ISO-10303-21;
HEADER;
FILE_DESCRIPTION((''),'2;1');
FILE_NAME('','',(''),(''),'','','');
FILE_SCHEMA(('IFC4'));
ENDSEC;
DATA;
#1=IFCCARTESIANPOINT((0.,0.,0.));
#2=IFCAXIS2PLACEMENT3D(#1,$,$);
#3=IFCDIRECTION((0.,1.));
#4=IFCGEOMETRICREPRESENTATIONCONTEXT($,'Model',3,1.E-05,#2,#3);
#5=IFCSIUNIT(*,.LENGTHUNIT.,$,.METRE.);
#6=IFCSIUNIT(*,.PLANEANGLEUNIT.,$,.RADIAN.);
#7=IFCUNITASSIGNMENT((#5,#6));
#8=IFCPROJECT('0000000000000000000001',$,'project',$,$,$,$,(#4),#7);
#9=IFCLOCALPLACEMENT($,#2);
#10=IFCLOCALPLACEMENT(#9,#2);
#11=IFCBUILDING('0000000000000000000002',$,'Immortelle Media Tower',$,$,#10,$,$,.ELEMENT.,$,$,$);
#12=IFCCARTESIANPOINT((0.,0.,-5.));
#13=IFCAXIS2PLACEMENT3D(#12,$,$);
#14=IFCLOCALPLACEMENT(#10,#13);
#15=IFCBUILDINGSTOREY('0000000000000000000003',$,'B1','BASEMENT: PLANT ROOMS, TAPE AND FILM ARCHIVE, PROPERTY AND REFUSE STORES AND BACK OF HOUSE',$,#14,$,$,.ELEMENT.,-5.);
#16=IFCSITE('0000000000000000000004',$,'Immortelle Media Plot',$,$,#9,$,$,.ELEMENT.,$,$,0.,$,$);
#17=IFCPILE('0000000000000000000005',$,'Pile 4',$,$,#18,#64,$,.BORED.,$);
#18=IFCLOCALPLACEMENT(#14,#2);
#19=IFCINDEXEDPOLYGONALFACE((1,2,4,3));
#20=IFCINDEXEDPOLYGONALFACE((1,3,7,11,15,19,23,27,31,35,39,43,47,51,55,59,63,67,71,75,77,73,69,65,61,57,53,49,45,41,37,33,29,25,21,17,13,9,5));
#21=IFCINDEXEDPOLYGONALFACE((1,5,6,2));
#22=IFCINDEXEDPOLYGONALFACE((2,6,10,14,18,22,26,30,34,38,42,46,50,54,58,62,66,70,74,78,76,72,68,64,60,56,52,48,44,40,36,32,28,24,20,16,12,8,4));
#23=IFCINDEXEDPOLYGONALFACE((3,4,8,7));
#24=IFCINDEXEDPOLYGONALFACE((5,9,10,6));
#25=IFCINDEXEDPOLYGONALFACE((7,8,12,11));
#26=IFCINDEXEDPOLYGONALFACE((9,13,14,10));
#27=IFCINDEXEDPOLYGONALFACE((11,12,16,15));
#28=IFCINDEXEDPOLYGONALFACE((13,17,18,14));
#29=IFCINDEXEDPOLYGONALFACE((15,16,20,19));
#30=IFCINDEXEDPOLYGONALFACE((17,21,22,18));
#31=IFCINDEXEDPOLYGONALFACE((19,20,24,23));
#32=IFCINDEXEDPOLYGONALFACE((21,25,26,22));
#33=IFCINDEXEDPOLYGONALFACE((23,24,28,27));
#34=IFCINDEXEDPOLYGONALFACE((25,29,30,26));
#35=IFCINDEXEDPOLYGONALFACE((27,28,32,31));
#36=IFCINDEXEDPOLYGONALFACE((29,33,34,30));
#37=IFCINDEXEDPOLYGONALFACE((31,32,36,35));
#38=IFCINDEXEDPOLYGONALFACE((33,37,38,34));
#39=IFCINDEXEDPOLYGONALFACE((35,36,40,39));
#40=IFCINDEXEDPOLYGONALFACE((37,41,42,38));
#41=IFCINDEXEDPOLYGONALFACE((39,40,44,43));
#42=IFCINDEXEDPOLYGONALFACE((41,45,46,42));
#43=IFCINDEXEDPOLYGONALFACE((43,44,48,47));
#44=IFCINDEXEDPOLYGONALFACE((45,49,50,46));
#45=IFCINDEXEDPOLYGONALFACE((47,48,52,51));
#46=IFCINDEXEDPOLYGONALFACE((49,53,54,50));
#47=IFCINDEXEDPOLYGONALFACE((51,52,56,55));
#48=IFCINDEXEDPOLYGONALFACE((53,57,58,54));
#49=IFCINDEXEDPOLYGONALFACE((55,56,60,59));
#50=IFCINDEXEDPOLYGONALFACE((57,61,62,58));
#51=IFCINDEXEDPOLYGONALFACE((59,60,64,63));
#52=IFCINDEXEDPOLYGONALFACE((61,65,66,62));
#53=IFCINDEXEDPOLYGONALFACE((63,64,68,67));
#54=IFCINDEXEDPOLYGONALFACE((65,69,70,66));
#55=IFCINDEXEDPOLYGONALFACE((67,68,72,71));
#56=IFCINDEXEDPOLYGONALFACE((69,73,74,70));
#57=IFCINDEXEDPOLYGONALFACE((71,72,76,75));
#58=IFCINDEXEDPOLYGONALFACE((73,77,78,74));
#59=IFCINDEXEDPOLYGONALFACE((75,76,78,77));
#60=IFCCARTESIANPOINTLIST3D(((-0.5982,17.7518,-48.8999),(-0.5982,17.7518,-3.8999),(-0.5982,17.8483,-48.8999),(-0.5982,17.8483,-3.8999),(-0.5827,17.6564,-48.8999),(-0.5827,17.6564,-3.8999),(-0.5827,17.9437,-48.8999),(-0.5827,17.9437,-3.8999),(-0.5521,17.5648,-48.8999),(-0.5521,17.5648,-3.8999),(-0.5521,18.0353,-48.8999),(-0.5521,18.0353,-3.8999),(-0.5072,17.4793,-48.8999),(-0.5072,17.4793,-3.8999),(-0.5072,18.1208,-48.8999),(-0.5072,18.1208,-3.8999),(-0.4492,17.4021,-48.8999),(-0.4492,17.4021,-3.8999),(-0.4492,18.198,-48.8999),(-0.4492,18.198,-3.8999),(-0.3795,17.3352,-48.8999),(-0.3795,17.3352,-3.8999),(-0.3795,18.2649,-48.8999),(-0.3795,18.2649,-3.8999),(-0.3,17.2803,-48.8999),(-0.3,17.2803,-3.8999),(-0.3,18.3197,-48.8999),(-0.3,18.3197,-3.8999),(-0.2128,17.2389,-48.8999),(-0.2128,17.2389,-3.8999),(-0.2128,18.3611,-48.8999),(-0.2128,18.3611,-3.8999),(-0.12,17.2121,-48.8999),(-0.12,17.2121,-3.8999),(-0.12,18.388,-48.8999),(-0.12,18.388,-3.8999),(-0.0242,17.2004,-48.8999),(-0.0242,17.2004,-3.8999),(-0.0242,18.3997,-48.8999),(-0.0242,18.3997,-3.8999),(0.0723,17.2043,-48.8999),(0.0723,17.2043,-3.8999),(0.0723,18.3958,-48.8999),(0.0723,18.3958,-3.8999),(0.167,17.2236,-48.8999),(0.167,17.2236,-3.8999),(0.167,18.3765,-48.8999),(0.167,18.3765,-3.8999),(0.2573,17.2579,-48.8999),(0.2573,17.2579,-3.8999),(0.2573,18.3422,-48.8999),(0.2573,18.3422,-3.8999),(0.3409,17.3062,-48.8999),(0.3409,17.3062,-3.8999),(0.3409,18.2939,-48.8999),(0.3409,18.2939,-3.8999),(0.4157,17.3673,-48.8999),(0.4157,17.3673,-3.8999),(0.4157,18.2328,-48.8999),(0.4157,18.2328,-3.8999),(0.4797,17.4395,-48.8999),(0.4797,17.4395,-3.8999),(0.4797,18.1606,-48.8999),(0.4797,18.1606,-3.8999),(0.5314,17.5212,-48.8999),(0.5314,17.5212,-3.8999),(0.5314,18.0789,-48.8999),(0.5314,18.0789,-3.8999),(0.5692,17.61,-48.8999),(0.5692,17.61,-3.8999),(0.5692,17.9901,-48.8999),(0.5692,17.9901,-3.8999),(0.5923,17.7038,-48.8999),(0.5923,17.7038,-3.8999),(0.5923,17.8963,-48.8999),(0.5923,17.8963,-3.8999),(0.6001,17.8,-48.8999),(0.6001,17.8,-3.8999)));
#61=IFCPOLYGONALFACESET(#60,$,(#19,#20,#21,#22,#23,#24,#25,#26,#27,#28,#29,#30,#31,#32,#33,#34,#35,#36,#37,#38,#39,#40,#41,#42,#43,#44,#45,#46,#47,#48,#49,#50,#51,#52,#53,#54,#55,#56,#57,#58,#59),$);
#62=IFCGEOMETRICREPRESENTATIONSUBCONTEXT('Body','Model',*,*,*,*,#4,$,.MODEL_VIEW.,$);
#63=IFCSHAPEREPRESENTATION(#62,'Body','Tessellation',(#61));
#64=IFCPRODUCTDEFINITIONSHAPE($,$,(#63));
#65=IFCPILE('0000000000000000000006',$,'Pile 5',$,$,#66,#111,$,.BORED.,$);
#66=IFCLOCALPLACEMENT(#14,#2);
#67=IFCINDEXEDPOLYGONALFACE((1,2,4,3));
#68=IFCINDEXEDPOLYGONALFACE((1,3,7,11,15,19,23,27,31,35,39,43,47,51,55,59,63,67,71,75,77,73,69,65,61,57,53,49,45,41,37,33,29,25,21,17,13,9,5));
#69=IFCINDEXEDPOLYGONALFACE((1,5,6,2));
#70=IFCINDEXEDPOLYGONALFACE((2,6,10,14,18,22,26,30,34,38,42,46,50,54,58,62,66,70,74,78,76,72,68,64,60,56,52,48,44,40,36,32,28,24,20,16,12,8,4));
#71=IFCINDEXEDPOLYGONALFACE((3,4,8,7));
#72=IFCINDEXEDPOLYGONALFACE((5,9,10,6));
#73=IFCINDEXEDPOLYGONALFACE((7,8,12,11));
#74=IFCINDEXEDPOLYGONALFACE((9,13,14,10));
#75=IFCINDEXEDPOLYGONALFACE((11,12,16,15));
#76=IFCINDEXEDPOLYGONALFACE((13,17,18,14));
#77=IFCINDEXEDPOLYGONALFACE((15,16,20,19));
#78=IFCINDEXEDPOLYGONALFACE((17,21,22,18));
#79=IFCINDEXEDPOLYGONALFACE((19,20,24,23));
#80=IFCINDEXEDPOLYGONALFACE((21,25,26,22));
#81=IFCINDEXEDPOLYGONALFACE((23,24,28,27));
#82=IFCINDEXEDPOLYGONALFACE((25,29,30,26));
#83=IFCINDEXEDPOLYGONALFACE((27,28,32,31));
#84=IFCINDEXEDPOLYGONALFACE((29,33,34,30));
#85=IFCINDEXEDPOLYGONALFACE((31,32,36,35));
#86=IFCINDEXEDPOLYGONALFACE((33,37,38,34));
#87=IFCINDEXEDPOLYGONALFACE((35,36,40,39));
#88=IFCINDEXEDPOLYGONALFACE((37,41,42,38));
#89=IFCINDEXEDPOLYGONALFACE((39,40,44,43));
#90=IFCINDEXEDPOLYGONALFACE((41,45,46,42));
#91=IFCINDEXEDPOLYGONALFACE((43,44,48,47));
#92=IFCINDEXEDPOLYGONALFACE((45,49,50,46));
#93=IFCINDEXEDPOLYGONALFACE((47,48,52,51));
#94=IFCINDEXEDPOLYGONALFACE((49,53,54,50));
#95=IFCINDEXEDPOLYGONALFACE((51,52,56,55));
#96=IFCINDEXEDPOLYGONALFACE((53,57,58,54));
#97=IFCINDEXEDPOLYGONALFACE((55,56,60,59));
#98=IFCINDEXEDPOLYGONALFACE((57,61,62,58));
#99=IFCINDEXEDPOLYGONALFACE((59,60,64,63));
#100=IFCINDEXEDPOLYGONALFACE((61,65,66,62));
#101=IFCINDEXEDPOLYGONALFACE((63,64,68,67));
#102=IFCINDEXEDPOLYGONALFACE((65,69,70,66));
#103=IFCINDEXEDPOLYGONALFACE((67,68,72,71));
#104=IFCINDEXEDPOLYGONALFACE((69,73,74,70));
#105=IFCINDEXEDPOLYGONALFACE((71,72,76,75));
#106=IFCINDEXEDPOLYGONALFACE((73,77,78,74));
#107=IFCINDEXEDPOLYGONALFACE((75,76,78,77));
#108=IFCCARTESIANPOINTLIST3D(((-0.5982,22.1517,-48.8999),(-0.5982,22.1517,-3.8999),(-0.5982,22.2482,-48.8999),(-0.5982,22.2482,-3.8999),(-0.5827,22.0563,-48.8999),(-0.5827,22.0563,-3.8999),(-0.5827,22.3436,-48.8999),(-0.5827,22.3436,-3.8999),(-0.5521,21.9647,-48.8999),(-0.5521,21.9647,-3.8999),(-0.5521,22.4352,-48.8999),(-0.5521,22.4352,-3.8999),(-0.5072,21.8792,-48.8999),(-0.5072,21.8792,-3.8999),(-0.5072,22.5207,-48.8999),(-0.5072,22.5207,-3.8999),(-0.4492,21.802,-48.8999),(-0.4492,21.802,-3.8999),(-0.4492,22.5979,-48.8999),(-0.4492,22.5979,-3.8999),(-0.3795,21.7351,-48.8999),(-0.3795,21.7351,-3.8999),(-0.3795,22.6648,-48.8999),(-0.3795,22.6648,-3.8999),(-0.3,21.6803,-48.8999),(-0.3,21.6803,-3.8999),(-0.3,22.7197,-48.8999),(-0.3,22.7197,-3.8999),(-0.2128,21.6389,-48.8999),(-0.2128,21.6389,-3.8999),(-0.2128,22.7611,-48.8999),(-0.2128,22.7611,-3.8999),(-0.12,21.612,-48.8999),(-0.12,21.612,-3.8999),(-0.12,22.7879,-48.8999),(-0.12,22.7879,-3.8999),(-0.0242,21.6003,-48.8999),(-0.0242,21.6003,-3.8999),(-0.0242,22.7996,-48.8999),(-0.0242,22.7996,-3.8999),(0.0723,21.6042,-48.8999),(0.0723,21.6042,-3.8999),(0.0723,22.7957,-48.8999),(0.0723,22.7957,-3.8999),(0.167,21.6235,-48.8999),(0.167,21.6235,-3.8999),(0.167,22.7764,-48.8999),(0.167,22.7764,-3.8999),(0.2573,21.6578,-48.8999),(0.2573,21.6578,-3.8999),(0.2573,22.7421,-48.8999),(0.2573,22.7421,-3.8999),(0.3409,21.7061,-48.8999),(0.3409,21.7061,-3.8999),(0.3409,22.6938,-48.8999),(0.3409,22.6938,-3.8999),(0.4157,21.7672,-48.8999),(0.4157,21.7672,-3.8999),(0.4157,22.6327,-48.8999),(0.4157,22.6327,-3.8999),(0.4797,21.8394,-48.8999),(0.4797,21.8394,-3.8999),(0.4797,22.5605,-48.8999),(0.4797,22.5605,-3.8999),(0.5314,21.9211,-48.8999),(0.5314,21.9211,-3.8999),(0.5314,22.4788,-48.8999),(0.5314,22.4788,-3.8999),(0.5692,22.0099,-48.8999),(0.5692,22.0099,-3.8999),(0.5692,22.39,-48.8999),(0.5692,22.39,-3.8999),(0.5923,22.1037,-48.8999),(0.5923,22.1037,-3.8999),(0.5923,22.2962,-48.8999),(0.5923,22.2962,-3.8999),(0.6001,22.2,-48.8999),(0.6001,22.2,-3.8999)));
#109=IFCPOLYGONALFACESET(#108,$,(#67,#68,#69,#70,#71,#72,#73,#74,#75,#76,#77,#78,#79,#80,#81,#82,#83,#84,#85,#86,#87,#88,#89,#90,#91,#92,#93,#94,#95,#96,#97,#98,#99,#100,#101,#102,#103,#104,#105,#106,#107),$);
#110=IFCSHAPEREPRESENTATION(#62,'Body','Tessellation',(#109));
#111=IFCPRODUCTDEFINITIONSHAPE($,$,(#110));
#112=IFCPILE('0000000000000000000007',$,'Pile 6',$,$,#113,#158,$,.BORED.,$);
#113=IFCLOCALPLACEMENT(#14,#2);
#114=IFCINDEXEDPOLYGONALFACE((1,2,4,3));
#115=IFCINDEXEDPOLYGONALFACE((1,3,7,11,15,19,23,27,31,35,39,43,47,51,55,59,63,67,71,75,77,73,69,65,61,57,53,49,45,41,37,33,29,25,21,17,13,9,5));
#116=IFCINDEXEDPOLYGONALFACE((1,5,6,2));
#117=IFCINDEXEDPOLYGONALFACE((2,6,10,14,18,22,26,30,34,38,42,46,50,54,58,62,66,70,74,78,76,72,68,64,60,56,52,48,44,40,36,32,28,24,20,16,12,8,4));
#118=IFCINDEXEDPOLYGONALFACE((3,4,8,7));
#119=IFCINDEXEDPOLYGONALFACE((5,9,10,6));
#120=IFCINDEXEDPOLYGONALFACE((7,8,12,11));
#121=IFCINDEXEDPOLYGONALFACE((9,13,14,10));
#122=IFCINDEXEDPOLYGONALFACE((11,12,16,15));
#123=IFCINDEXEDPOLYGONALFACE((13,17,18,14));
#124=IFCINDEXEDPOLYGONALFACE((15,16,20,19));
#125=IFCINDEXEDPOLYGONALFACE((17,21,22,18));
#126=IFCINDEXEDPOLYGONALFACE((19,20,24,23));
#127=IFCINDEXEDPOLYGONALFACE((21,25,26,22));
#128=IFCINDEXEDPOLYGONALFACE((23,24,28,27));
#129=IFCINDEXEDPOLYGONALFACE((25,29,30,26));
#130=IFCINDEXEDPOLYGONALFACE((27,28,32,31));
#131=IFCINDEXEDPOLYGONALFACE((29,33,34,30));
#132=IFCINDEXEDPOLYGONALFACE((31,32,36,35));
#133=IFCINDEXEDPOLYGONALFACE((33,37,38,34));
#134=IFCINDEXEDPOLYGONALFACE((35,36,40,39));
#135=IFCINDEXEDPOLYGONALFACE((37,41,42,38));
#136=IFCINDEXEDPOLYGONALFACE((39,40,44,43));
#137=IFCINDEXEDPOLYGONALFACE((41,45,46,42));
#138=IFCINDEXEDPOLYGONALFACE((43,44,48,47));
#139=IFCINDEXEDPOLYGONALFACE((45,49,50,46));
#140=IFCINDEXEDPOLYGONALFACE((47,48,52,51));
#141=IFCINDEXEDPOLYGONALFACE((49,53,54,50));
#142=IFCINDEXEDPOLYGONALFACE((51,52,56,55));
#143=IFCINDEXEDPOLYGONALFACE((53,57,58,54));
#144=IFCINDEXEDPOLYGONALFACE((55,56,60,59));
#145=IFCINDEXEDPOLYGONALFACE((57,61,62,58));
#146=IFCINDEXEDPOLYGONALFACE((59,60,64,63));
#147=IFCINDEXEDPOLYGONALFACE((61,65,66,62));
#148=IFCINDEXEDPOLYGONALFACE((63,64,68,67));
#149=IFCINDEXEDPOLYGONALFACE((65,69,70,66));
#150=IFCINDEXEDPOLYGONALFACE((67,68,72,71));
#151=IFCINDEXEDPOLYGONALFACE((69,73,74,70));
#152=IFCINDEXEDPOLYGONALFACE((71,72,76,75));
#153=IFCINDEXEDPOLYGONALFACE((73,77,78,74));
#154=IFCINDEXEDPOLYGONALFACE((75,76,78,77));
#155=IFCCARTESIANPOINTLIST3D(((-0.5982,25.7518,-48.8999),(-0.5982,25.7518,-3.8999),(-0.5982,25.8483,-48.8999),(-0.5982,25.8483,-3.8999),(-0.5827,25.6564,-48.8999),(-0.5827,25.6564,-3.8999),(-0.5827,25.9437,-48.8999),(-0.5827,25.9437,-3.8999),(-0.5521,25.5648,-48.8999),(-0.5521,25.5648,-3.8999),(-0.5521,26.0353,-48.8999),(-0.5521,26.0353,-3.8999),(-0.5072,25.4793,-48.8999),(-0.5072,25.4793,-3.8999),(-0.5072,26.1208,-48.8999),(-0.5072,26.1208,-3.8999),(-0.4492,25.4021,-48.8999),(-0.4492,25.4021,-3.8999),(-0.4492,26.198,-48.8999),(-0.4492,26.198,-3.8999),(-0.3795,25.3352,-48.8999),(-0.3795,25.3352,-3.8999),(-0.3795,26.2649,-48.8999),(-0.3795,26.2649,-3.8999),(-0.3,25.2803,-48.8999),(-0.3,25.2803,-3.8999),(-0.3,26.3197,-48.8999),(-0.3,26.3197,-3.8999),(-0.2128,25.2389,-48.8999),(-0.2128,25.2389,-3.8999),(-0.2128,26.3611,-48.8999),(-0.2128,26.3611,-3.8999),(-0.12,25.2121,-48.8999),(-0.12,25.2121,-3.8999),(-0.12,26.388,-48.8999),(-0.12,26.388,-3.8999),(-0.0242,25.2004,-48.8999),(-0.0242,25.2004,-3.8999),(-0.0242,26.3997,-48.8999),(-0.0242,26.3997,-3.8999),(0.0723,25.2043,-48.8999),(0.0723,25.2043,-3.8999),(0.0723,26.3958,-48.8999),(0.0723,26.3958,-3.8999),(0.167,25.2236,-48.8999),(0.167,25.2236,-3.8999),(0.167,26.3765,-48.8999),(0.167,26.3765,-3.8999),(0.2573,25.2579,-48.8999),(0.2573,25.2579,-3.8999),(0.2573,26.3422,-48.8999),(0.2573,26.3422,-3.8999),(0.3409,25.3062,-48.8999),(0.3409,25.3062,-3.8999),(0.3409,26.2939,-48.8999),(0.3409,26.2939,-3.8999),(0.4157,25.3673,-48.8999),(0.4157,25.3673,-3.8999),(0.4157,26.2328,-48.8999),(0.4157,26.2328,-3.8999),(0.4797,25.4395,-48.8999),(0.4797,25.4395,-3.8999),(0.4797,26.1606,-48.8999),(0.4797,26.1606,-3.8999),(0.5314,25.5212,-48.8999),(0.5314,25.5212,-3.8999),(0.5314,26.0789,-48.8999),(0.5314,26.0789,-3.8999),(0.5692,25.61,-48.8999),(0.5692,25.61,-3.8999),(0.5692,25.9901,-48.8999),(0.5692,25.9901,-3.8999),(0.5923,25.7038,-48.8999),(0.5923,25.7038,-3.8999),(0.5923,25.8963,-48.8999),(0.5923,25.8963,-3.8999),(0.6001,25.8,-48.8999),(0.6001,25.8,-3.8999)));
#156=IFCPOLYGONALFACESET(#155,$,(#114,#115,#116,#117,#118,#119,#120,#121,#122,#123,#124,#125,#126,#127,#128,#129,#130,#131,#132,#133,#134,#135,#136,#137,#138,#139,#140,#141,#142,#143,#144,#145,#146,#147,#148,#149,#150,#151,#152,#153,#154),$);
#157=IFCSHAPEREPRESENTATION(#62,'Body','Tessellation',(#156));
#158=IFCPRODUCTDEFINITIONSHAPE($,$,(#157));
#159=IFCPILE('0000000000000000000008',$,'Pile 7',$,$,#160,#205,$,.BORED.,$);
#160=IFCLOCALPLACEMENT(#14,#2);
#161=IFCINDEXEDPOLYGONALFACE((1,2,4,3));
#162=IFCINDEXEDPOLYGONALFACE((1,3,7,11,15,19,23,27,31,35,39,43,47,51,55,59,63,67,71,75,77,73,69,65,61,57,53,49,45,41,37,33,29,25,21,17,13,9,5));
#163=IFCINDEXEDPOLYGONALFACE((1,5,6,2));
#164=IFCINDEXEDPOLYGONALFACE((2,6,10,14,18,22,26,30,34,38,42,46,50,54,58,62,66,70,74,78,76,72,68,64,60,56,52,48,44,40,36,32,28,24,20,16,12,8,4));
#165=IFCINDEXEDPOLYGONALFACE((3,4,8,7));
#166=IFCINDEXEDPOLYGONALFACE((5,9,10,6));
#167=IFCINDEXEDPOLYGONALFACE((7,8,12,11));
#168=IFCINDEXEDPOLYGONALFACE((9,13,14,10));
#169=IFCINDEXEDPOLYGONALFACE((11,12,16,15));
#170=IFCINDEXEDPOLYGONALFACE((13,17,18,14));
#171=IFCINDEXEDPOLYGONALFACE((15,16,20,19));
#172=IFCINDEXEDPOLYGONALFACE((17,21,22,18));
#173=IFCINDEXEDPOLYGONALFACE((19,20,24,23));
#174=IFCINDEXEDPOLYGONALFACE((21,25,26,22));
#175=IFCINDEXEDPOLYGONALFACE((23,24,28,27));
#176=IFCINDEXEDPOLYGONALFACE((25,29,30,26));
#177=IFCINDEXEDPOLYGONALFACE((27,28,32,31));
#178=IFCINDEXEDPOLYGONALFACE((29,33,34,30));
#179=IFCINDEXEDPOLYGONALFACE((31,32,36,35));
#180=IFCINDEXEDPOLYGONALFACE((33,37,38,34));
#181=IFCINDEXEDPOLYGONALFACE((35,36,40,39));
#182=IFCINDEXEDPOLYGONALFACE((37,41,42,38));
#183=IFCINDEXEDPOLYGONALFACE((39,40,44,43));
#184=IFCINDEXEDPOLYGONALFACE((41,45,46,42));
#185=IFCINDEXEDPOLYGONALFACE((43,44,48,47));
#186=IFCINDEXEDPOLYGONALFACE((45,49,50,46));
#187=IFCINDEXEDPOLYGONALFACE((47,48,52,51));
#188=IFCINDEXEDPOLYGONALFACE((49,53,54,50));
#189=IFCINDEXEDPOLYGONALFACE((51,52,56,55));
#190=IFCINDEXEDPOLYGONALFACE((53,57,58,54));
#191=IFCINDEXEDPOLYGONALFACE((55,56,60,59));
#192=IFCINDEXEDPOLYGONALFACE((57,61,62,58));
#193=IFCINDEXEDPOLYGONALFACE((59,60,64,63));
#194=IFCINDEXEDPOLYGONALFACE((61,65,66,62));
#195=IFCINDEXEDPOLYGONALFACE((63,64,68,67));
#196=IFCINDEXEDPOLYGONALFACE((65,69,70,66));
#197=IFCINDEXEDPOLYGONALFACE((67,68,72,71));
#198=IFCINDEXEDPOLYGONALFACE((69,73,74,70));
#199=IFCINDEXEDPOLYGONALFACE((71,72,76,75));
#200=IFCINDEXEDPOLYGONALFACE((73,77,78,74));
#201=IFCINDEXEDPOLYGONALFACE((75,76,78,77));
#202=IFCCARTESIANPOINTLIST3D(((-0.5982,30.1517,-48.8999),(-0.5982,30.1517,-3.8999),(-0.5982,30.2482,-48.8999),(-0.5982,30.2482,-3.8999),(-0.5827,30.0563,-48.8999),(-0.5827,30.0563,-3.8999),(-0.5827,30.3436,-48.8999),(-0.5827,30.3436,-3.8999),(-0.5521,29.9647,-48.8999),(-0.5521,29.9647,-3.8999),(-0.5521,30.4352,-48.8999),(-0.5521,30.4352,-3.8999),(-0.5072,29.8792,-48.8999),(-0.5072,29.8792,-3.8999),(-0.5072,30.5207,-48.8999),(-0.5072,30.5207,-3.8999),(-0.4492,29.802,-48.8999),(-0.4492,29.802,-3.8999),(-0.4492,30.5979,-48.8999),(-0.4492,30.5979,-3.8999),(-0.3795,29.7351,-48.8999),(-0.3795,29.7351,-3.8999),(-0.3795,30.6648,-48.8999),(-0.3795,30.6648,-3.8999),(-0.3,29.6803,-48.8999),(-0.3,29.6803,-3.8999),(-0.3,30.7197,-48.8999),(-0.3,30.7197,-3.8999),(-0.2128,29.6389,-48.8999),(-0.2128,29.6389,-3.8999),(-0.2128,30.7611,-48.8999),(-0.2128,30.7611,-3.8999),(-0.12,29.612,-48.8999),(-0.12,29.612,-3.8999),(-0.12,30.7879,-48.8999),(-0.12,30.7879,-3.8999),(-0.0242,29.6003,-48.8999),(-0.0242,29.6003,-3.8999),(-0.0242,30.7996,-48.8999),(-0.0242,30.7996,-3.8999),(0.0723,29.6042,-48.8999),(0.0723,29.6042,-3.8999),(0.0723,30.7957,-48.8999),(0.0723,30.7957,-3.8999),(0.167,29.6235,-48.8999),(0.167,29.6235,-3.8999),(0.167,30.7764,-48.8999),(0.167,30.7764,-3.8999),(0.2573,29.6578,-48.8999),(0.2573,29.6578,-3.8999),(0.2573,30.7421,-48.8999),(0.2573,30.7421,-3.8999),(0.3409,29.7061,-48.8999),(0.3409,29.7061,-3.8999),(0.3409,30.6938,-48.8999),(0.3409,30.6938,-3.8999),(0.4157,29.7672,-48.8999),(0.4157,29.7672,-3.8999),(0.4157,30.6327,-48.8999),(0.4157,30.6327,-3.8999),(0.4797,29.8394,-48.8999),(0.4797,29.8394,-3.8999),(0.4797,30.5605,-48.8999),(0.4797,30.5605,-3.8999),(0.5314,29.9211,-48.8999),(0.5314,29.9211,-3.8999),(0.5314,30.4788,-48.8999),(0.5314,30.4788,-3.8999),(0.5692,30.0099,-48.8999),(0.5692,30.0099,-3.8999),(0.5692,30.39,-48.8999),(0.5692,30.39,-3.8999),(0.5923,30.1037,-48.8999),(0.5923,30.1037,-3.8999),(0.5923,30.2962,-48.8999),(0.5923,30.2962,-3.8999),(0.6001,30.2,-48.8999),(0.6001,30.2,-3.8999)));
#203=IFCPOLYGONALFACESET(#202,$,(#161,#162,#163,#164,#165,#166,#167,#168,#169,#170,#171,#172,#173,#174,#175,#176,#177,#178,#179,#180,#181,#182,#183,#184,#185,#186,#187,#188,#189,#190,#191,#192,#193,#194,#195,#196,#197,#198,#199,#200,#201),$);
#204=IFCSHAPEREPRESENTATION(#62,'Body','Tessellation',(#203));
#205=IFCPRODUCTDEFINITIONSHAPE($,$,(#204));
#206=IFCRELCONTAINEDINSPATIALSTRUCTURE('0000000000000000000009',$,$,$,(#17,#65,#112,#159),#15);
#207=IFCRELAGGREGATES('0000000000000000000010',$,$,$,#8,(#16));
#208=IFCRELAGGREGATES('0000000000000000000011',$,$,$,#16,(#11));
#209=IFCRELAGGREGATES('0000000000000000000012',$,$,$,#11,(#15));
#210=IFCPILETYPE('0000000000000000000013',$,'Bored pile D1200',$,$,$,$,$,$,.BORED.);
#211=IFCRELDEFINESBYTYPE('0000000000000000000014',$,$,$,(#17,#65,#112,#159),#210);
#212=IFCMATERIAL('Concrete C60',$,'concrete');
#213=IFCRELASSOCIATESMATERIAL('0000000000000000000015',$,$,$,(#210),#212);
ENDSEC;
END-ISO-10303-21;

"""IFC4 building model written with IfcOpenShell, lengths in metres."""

from ifc_helpers import new_model, si_unit, direction, frame, origin, origin_2d, place, context, subcontext, project, spatial, circle, extrude, material, material_profile, profile_set, type_object, element, save


model = new_model("IFC4")

# Units and contexts
model_context = context("Model", 3, precision=1e-05, world=origin(), true_north=direction((0.0, 1.0)))
body_context = subcontext(model_context, "Body", "Model", "MODEL_VIEW")
ifc_project = project(units=[si_unit("LENGTHUNIT", "METRE"), si_unit("PLANEANGLEUNIT", "RADIAN")], contexts=[model_context])

# Site, building, storey
site_placement = place(None, origin())
site = spatial("IfcSite", under=ifc_project, at=site_placement, Name="Immortelle Media Plot", CompositionType="ELEMENT", RefElevation=0.0)
building_placement = place(site_placement, origin())
building = spatial("IfcBuilding", under=site, at=building_placement, Name="Immortelle Media Tower", CompositionType="ELEMENT")
storey_placement = place(building_placement, frame((0.0, 0.0, -5.0)))
storey = spatial("IfcBuildingStorey", under=building, at=storey_placement, Name="B1", Description="BASEMENT: PLANT ROOMS, TAPE AND FILM ARCHIVE, PROPERTY AND REFUSE STORES AND BACK OF HOUSE", CompositionType="ELEMENT", Elevation=-5.0)

# Piles
ifc_material_1 = material(Name="Concrete C60", Category="concrete")
ifc_material_profile_1 = material_profile(ifc_material_1, circle(Radius=0.6001, at=origin_2d()), Name="Bored pile D1200")
ifc_profile_set_1 = profile_set([ifc_material_profile_1], Name="Concrete C60")
pile_type = type_object("IfcPileType", Name="Bored pile D1200", PredefinedType="BORED", material=ifc_profile_set_1)
for number, where, z_axis, x_axis, name in (
    (1, (0.0, 17.8, -3.8999), (0.0, 0.0, -1.0), (1.0, 0.0, 0.0), "Pile 4"),
    (2, (0.0, 22.2, -3.8999), (0.0, 0.0, -1.0), (1.0, 0.0, 0.0), "Pile 5"),
    (3, (0.0, 25.8, -3.8999), (0.0, 0.0, -1.0), (1.0, 0.0, 0.0), "Pile 6"),
    (4, (0.0, 30.2, -3.8999), (0.0, 0.0, -1.0), (1.0, 0.0, 0.0), "Pile 7"),
):
    element("IfcPile", number, at=place(storey_placement, frame(where, z_axis=z_axis, x_axis=x_axis)), inside=storey, type_object=pile_type, Name=name, PredefinedType="BORED", context=body_context, shape_type="SweptSolid", body=[
        extrude(circle(Radius=0.6001, at=origin_2d()), origin(), (0.0, 0.0, 1.0), 45.0),
    ])

save(model, "model.ifc")
